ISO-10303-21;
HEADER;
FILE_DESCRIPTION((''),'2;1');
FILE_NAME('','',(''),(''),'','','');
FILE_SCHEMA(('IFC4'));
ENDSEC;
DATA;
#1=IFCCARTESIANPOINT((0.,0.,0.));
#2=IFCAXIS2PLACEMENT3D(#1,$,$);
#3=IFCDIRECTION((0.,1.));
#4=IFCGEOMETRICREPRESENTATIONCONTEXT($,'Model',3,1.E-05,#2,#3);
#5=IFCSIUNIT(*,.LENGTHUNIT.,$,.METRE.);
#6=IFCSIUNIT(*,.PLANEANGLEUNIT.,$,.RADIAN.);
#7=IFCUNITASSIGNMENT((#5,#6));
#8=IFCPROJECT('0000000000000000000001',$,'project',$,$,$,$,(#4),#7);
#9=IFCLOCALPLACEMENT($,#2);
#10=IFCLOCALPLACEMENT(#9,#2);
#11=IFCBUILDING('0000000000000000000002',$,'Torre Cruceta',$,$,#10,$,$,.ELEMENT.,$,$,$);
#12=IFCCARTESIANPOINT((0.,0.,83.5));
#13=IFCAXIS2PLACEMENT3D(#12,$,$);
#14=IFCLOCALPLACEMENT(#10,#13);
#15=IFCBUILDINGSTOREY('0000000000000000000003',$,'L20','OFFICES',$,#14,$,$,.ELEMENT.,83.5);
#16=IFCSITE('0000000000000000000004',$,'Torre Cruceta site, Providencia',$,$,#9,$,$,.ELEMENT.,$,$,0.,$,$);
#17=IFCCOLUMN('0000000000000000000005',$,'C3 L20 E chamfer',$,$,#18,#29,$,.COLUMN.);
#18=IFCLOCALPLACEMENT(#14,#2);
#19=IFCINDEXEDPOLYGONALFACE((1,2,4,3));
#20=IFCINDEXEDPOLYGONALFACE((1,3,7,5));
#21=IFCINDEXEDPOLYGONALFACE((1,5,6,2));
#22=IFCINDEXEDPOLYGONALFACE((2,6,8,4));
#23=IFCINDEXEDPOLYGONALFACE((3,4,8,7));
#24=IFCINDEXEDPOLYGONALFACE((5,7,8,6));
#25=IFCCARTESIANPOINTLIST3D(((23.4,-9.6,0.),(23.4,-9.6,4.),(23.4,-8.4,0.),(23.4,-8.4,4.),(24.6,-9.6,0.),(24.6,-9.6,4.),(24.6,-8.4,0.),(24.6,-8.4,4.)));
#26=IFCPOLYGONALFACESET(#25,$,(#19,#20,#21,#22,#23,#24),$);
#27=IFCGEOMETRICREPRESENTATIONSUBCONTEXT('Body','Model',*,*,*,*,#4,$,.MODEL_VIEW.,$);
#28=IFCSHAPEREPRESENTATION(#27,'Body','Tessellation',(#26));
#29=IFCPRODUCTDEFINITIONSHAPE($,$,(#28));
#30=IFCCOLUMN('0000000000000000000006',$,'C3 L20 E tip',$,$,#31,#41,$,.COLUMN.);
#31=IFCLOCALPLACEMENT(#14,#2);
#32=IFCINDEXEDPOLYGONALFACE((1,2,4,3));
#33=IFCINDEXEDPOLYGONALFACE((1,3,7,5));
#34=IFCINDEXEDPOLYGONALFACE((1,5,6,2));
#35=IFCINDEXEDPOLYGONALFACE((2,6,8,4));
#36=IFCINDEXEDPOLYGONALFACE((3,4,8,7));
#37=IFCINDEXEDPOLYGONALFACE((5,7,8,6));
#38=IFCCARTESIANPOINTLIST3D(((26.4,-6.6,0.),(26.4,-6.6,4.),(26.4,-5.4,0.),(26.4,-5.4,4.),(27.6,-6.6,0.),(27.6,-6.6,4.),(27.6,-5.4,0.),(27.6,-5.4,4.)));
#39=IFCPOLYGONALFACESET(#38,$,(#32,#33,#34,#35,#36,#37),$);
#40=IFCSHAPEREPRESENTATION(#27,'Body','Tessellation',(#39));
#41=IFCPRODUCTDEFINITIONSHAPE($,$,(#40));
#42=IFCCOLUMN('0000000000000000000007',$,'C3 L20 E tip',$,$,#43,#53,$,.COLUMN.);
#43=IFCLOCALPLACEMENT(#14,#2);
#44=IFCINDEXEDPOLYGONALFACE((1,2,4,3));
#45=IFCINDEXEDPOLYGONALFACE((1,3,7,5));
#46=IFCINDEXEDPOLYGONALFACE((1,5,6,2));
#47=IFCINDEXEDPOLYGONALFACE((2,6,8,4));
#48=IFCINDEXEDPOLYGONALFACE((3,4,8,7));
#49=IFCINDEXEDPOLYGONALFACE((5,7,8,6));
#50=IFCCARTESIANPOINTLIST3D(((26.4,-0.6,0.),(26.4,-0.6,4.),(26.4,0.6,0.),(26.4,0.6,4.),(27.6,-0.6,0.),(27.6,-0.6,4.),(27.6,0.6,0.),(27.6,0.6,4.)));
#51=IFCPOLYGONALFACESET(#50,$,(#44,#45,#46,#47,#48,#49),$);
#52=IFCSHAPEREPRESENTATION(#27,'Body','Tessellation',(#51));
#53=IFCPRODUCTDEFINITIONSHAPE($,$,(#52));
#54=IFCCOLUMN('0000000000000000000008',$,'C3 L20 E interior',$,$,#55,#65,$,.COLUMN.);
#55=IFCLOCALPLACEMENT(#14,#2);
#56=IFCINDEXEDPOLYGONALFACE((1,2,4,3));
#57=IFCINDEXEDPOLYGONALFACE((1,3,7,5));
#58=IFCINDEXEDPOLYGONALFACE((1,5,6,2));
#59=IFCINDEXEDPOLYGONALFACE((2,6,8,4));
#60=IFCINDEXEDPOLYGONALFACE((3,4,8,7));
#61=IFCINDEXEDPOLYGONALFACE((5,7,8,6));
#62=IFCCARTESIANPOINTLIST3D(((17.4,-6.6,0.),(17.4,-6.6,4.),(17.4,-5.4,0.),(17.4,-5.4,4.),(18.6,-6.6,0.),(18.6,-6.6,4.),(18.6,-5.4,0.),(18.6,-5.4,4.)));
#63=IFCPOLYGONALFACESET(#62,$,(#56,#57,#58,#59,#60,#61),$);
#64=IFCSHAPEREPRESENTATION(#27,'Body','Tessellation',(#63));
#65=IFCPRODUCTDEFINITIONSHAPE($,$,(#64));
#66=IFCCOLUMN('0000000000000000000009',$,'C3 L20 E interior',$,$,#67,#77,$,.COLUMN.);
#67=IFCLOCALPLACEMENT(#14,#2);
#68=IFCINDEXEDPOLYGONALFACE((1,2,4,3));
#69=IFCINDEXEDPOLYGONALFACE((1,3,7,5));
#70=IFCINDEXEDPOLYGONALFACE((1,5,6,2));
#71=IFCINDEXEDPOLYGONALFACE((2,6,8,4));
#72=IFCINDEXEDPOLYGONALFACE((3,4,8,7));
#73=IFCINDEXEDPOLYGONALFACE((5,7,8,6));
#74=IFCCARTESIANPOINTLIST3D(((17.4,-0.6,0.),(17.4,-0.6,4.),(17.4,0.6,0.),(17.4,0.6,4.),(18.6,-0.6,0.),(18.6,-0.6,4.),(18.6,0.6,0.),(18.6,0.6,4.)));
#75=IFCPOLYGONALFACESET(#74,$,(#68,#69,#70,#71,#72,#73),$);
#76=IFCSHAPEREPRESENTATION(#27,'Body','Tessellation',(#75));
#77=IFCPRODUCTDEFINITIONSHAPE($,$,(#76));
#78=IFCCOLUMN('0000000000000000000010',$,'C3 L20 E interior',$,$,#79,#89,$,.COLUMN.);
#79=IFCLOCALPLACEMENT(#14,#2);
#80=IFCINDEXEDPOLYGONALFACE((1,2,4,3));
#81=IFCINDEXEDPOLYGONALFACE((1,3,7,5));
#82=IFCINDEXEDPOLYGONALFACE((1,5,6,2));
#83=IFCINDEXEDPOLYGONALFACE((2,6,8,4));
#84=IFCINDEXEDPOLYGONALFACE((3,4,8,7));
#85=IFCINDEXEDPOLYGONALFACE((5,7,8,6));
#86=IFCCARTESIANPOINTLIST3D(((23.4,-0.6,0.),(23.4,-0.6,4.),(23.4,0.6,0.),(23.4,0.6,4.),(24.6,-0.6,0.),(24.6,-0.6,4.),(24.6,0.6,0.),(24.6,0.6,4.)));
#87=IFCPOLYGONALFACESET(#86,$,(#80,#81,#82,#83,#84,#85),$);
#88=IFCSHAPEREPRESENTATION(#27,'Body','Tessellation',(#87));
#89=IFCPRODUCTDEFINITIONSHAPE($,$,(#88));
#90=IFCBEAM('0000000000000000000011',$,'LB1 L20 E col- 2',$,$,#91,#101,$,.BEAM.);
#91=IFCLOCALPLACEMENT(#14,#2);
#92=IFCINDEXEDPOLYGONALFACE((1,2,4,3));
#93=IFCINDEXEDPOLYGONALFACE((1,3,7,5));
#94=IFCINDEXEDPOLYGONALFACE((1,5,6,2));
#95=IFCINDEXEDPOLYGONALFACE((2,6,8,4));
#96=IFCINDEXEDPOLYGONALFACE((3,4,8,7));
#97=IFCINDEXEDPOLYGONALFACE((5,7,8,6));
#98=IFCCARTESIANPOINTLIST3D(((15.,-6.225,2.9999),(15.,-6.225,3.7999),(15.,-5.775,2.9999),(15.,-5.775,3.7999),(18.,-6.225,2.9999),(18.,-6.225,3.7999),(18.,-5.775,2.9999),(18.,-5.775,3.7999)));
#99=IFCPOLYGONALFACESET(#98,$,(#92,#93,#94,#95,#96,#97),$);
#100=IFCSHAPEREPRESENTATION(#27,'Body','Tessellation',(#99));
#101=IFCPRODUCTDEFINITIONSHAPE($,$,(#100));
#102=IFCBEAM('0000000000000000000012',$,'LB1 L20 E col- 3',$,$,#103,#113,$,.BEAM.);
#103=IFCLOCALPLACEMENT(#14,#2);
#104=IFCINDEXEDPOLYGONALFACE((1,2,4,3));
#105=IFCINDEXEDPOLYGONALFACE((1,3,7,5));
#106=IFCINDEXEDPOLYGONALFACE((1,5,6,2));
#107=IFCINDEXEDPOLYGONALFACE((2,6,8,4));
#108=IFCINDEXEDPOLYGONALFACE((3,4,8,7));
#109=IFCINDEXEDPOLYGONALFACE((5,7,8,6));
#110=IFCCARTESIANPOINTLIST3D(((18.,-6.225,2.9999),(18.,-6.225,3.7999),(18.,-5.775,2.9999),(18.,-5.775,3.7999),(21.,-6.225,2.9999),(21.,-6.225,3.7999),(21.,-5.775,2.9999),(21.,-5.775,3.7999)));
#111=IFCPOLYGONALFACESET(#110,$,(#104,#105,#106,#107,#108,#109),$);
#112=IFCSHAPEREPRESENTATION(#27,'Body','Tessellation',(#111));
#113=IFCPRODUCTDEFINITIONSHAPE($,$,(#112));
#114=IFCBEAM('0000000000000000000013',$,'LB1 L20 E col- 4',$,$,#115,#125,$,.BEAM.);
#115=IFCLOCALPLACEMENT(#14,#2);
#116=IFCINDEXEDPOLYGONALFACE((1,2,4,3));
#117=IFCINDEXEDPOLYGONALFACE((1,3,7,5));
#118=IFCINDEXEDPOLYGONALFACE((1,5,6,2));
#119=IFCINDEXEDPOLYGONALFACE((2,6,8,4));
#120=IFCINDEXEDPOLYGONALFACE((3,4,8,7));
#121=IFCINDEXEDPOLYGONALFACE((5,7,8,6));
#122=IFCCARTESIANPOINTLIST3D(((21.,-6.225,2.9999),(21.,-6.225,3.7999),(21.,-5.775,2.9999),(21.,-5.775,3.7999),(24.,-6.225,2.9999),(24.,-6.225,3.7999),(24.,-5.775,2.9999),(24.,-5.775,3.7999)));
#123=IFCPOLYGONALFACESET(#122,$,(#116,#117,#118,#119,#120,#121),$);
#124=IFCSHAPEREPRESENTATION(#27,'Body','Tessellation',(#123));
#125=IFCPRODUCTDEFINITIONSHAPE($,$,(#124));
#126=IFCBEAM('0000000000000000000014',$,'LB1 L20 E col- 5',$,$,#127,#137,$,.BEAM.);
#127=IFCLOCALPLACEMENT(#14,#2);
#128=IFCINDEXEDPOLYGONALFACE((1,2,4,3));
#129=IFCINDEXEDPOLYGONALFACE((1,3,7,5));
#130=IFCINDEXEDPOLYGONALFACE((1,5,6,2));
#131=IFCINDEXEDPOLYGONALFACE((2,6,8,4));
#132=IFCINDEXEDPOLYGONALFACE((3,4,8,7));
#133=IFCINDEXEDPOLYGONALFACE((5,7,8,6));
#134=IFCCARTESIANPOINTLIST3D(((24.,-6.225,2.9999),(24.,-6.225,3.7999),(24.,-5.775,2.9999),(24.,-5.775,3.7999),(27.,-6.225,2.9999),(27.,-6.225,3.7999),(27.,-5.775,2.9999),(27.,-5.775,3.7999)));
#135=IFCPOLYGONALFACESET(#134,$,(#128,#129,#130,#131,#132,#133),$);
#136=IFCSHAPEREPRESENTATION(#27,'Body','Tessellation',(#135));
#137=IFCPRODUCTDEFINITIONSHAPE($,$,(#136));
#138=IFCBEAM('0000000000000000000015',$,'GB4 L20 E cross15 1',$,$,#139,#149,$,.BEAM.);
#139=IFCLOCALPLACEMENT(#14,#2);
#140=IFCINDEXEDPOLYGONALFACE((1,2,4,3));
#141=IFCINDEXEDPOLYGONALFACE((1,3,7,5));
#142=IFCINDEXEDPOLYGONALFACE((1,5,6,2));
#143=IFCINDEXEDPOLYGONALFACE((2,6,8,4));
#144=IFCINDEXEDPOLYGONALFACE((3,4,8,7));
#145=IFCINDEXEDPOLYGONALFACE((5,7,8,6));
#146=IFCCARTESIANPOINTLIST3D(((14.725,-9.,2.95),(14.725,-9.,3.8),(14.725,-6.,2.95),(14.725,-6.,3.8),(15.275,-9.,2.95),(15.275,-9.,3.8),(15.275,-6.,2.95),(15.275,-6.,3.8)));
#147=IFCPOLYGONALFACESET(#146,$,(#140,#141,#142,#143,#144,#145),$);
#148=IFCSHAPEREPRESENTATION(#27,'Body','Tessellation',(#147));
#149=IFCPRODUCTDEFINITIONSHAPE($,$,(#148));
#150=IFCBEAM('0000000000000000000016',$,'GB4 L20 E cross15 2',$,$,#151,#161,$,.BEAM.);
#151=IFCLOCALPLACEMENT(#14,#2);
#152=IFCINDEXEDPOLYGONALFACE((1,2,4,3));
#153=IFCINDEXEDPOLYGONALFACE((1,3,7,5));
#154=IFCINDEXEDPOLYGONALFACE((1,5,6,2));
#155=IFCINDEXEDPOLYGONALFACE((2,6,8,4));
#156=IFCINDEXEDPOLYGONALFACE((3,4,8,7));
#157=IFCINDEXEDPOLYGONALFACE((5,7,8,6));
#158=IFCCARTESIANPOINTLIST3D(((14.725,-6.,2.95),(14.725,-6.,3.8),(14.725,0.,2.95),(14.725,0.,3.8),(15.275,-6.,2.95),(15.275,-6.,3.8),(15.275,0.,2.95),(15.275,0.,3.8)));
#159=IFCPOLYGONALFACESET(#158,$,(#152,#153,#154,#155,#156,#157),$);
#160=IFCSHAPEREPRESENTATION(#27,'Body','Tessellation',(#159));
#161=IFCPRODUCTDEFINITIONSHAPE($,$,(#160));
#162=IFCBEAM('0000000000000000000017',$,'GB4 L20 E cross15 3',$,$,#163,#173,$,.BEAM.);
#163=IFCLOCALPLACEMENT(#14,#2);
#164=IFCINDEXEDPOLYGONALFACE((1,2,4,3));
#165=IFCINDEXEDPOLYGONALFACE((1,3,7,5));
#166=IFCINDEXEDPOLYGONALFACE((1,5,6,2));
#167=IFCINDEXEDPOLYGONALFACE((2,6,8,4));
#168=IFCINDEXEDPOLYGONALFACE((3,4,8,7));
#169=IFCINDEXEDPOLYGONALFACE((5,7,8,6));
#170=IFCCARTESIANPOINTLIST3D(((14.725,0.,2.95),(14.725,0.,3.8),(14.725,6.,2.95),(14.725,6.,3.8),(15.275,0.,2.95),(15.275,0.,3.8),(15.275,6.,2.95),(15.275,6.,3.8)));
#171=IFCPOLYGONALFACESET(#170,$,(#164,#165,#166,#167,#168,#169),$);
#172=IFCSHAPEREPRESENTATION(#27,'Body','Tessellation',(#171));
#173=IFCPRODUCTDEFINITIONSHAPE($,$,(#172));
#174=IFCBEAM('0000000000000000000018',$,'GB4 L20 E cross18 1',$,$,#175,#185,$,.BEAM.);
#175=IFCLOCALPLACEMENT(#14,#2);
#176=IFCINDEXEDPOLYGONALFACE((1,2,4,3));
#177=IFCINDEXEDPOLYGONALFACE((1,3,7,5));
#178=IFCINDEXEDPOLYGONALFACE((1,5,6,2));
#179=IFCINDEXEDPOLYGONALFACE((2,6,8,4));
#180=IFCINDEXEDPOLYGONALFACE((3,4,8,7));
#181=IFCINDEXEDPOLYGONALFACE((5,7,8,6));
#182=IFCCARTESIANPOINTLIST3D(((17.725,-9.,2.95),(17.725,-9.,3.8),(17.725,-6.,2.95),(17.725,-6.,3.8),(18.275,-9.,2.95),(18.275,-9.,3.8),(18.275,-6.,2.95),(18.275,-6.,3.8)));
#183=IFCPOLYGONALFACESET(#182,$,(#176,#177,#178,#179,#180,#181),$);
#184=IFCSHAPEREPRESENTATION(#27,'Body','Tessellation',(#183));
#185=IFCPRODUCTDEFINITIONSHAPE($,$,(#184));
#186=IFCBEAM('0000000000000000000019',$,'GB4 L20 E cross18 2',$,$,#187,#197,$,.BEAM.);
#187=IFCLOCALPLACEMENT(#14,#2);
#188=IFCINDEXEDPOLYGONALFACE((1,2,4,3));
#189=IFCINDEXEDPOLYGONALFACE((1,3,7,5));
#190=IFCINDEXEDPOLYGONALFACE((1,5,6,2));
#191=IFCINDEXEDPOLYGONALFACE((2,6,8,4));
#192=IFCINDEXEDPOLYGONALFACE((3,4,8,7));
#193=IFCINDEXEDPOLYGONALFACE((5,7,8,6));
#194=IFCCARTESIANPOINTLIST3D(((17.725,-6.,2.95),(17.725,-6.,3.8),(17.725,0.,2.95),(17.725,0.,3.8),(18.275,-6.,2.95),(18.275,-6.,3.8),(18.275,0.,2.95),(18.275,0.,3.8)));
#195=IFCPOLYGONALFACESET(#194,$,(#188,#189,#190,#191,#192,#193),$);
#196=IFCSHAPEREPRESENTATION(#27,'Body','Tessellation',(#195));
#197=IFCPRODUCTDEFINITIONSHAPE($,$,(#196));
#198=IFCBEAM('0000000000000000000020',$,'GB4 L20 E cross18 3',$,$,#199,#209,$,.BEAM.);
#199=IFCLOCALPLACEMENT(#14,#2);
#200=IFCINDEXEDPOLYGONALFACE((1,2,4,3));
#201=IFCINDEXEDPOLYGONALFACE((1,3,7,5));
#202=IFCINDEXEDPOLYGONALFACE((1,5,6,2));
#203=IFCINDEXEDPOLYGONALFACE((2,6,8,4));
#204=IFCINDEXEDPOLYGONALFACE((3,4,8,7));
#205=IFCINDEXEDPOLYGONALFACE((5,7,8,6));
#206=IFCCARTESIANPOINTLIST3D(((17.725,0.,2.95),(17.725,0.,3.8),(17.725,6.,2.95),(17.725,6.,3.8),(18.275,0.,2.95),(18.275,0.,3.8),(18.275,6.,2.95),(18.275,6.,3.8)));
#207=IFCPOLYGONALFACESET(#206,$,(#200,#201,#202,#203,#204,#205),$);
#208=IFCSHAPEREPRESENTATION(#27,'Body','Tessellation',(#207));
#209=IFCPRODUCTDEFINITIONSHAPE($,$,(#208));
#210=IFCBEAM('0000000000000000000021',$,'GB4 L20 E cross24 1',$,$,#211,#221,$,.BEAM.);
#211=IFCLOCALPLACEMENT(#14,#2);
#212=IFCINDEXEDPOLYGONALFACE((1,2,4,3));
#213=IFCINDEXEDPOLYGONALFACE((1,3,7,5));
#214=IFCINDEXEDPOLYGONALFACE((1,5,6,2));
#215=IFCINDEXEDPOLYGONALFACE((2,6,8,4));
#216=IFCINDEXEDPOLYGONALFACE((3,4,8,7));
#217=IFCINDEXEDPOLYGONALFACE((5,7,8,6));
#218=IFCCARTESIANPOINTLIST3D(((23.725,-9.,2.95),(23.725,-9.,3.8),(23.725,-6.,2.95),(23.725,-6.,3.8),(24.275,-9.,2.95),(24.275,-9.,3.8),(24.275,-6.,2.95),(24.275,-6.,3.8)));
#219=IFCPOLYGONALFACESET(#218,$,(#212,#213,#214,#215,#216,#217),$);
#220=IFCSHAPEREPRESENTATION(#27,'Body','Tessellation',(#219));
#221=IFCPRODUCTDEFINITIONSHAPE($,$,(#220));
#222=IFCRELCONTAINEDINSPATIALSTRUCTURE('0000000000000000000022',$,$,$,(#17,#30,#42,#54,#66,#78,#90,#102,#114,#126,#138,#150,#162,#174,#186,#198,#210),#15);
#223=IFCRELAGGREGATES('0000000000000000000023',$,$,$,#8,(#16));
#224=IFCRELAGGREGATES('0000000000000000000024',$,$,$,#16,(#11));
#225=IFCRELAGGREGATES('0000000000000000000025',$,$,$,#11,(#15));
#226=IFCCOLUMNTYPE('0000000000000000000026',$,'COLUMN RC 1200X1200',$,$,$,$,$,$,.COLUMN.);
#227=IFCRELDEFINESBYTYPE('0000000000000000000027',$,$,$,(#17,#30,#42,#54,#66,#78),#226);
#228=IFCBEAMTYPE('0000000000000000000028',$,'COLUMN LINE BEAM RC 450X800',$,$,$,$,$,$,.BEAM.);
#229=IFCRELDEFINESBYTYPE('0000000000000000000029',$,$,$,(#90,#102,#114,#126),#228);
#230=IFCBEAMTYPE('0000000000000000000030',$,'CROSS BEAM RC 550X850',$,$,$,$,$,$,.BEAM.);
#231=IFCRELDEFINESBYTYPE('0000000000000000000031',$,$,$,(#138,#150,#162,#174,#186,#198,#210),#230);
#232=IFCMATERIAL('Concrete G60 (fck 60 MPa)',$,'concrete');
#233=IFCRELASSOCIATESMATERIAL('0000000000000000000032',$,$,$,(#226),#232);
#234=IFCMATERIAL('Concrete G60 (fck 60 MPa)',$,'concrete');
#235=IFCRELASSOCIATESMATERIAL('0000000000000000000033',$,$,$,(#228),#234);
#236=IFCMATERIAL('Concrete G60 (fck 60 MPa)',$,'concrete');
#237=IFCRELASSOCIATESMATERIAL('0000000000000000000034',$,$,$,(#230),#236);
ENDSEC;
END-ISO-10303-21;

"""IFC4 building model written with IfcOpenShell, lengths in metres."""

from ifc_helpers import new_model, si_unit, direction, frame, origin, origin_2d, place, context, subcontext, project, spatial, rectangle, extrude, material, material_profile, profile_set, type_object, element, save


model = new_model("IFC4")

# Units and contexts
model_context = context("Model", 3, precision=1e-05, world=origin(), true_north=direction((0.0, 1.0)))
body_context = subcontext(model_context, "Body", "Model", "MODEL_VIEW")
ifc_project = project(units=[si_unit("LENGTHUNIT", "METRE"), si_unit("PLANEANGLEUNIT", "RADIAN")], contexts=[model_context])

# Site, building, storey
site_placement = place(None, origin())
site = spatial("IfcSite", under=ifc_project, at=site_placement, Name="Torre Cruceta site, Providencia", CompositionType="ELEMENT", RefElevation=0.0)
building_placement = place(site_placement, origin())
building = spatial("IfcBuilding", under=site, at=building_placement, Name="Torre Cruceta", CompositionType="ELEMENT")
storey_placement = place(building_placement, frame((0.0, 0.0, 83.5)))
storey = spatial("IfcBuildingStorey", under=building, at=storey_placement, Name="L20", Description="OFFICES", CompositionType="ELEMENT", Elevation=83.5)

# Columns
ifc_material_1 = material(Name="Concrete G60 (fck 60 MPa)", Category="concrete")
ifc_material_profile_1 = material_profile(ifc_material_1, rectangle(XDim=1.2, YDim=1.2, at=origin_2d()), Name="RC 1200X1200")
ifc_profile_set_1 = profile_set([ifc_material_profile_1], Name="Concrete G60 (fck 60 MPa)")
column_type = type_object("IfcColumnType", Name="COLUMN RC 1200X1200", PredefinedType="COLUMN", material=ifc_profile_set_1)
for number, where, z_axis, x_axis, name in (
    (1, (24.0, -9.0, 0.0), (0.0, 0.0, 1.0), (1.0, 0.0, 0.0), "C3 L20 E chamfer"),
    (2, (27.0, -6.0, 0.0), (0.0, 0.0, 1.0), (1.0, 0.0, 0.0), "C3 L20 E tip"),
    (3, (27.0, 0.0, 0.0), (0.0, 0.0, 1.0), (1.0, 0.0, 0.0), "C3 L20 E tip"),
    (4, (18.0, -6.0, 0.0), (0.0, 0.0, 1.0), (1.0, 0.0, 0.0), "C3 L20 E interior"),
    (5, (18.0, 0.0, 0.0), (0.0, 0.0, 1.0), (1.0, 0.0, 0.0), "C3 L20 E interior"),
    (6, (24.0, 0.0, 0.0), (0.0, 0.0, 1.0), (1.0, 0.0, 0.0), "C3 L20 E interior"),
):
    element("IfcColumn", number, at=place(storey_placement, frame(where, z_axis=z_axis, x_axis=x_axis)), inside=storey, type_object=column_type, Name=name, PredefinedType="COLUMN", context=body_context, shape_type="SweptSolid", body=[
        extrude(rectangle(XDim=1.2, YDim=1.2, at=origin_2d()), origin(), (0.0, 0.0, 1.0), 4.0),
    ])

# Beams
ifc_material_2 = material(Name="Concrete G60 (fck 60 MPa)", Category="concrete")
ifc_material_profile_2 = material_profile(ifc_material_2, rectangle(XDim=0.45, YDim=0.8, at=origin_2d()), Name="RC 450X800")
ifc_profile_set_2 = profile_set([ifc_material_profile_2], Name="Concrete G60 (fck 60 MPa)")
beam_type_1 = type_object("IfcBeamType", Name="COLUMN LINE BEAM RC 450X800", PredefinedType="BEAM", material=ifc_profile_set_2)
for number, where, z_axis, x_axis, name in (
    (7, (15.0, -6.0, 3.3999), (1.0, 0.0, 0.0), (0.0, 1.0, 0.0), "LB1 L20 E col- 2"),
    (8, (18.0, -6.0, 3.3999), (1.0, 0.0, 0.0), (0.0, 1.0, 0.0), "LB1 L20 E col- 3"),
    (9, (21.0, -6.0, 3.3999), (1.0, 0.0, 0.0), (0.0, 1.0, 0.0), "LB1 L20 E col- 4"),
    (10, (24.0, -6.0, 3.3999), (1.0, 0.0, 0.0), (0.0, 1.0, 0.0), "LB1 L20 E col- 5"),
):
    element("IfcBeam", number, at=place(storey_placement, frame(where, z_axis=z_axis, x_axis=x_axis)), inside=storey, type_object=beam_type_1, Name=name, PredefinedType="BEAM", context=body_context, shape_type="SweptSolid", body=[
        extrude(rectangle(XDim=0.45, YDim=0.8, at=origin_2d()), origin(), (0.0, 0.0, 1.0), 3.0),
    ])
ifc_material_3 = material(Name="Concrete G60 (fck 60 MPa)", Category="concrete")
ifc_material_profile_3 = material_profile(ifc_material_3, rectangle(XDim=0.55, YDim=0.8501, at=origin_2d()), Name="RC 550X850")
ifc_profile_set_3 = profile_set([ifc_material_profile_3], Name="Concrete G60 (fck 60 MPa)")
beam_type_2 = type_object("IfcBeamType", Name="CROSS BEAM RC 550X850", PredefinedType="BEAM", material=ifc_profile_set_3)
beam_1_placement = place(storey_placement, frame((15.0, -9.0, 3.375), z_axis=(0.0, 1.0, 0.0), x_axis=(-1.0, 0.0, 0.0)))
element("IfcBeam", 11, at=beam_1_placement, inside=storey, type_object=beam_type_2, Name="GB4 L20 E cross15 1", PredefinedType="BEAM", context=body_context, shape_type="SweptSolid", body=[
    extrude(rectangle(XDim=0.55, YDim=0.8501, at=origin_2d()), origin(), (0.0, 0.0, 1.0), 3.0),
])
for number, where, z_axis, x_axis, name in (
    (12, (15.0, -6.0, 3.375), (0.0, 1.0, 0.0), (-1.0, 0.0, 0.0), "GB4 L20 E cross15 2"),
    (13, (15.0, 0.0, 3.375), (0.0, 1.0, 0.0), (-1.0, 0.0, 0.0), "GB4 L20 E cross15 3"),
):
    element("IfcBeam", number, at=place(storey_placement, frame(where, z_axis=z_axis, x_axis=x_axis)), inside=storey, type_object=beam_type_2, Name=name, PredefinedType="BEAM", context=body_context, shape_type="SweptSolid", body=[
        extrude(rectangle(XDim=0.55, YDim=0.8501, at=origin_2d()), origin(), (0.0, 0.0, 1.0), 6.0),
    ])
beam_2_placement = place(storey_placement, frame((18.0, -9.0, 3.375), z_axis=(0.0, 1.0, 0.0), x_axis=(-1.0, 0.0, 0.0)))
element("IfcBeam", 14, at=beam_2_placement, inside=storey, type_object=beam_type_2, Name="GB4 L20 E cross18 1", PredefinedType="BEAM", context=body_context, shape_type="SweptSolid", body=[
    extrude(rectangle(XDim=0.55, YDim=0.8501, at=origin_2d()), origin(), (0.0, 0.0, 1.0), 3.0),
])
for number, where, z_axis, x_axis, name in (
    (15, (18.0, -6.0, 3.375), (0.0, 1.0, 0.0), (-1.0, 0.0, 0.0), "GB4 L20 E cross18 2"),
    (16, (18.0, 0.0, 3.375), (0.0, 1.0, 0.0), (-1.0, 0.0, 0.0), "GB4 L20 E cross18 3"),
):
    element("IfcBeam", number, at=place(storey_placement, frame(where, z_axis=z_axis, x_axis=x_axis)), inside=storey, type_object=beam_type_2, Name=name, PredefinedType="BEAM", context=body_context, shape_type="SweptSolid", body=[
        extrude(rectangle(XDim=0.55, YDim=0.8501, at=origin_2d()), origin(), (0.0, 0.0, 1.0), 6.0),
    ])
beam_3_placement = place(storey_placement, frame((24.0, -9.0, 3.375), z_axis=(0.0, 1.0, 0.0), x_axis=(-1.0, 0.0, 0.0)))
element("IfcBeam", 17, at=beam_3_placement, inside=storey, type_object=beam_type_2, Name="GB4 L20 E cross24 1", PredefinedType="BEAM", context=body_context, shape_type="SweptSolid", body=[
    extrude(rectangle(XDim=0.55, YDim=0.8501, at=origin_2d()), origin(), (0.0, 0.0, 1.0), 3.0),
])

save(model, "model.ifc")
